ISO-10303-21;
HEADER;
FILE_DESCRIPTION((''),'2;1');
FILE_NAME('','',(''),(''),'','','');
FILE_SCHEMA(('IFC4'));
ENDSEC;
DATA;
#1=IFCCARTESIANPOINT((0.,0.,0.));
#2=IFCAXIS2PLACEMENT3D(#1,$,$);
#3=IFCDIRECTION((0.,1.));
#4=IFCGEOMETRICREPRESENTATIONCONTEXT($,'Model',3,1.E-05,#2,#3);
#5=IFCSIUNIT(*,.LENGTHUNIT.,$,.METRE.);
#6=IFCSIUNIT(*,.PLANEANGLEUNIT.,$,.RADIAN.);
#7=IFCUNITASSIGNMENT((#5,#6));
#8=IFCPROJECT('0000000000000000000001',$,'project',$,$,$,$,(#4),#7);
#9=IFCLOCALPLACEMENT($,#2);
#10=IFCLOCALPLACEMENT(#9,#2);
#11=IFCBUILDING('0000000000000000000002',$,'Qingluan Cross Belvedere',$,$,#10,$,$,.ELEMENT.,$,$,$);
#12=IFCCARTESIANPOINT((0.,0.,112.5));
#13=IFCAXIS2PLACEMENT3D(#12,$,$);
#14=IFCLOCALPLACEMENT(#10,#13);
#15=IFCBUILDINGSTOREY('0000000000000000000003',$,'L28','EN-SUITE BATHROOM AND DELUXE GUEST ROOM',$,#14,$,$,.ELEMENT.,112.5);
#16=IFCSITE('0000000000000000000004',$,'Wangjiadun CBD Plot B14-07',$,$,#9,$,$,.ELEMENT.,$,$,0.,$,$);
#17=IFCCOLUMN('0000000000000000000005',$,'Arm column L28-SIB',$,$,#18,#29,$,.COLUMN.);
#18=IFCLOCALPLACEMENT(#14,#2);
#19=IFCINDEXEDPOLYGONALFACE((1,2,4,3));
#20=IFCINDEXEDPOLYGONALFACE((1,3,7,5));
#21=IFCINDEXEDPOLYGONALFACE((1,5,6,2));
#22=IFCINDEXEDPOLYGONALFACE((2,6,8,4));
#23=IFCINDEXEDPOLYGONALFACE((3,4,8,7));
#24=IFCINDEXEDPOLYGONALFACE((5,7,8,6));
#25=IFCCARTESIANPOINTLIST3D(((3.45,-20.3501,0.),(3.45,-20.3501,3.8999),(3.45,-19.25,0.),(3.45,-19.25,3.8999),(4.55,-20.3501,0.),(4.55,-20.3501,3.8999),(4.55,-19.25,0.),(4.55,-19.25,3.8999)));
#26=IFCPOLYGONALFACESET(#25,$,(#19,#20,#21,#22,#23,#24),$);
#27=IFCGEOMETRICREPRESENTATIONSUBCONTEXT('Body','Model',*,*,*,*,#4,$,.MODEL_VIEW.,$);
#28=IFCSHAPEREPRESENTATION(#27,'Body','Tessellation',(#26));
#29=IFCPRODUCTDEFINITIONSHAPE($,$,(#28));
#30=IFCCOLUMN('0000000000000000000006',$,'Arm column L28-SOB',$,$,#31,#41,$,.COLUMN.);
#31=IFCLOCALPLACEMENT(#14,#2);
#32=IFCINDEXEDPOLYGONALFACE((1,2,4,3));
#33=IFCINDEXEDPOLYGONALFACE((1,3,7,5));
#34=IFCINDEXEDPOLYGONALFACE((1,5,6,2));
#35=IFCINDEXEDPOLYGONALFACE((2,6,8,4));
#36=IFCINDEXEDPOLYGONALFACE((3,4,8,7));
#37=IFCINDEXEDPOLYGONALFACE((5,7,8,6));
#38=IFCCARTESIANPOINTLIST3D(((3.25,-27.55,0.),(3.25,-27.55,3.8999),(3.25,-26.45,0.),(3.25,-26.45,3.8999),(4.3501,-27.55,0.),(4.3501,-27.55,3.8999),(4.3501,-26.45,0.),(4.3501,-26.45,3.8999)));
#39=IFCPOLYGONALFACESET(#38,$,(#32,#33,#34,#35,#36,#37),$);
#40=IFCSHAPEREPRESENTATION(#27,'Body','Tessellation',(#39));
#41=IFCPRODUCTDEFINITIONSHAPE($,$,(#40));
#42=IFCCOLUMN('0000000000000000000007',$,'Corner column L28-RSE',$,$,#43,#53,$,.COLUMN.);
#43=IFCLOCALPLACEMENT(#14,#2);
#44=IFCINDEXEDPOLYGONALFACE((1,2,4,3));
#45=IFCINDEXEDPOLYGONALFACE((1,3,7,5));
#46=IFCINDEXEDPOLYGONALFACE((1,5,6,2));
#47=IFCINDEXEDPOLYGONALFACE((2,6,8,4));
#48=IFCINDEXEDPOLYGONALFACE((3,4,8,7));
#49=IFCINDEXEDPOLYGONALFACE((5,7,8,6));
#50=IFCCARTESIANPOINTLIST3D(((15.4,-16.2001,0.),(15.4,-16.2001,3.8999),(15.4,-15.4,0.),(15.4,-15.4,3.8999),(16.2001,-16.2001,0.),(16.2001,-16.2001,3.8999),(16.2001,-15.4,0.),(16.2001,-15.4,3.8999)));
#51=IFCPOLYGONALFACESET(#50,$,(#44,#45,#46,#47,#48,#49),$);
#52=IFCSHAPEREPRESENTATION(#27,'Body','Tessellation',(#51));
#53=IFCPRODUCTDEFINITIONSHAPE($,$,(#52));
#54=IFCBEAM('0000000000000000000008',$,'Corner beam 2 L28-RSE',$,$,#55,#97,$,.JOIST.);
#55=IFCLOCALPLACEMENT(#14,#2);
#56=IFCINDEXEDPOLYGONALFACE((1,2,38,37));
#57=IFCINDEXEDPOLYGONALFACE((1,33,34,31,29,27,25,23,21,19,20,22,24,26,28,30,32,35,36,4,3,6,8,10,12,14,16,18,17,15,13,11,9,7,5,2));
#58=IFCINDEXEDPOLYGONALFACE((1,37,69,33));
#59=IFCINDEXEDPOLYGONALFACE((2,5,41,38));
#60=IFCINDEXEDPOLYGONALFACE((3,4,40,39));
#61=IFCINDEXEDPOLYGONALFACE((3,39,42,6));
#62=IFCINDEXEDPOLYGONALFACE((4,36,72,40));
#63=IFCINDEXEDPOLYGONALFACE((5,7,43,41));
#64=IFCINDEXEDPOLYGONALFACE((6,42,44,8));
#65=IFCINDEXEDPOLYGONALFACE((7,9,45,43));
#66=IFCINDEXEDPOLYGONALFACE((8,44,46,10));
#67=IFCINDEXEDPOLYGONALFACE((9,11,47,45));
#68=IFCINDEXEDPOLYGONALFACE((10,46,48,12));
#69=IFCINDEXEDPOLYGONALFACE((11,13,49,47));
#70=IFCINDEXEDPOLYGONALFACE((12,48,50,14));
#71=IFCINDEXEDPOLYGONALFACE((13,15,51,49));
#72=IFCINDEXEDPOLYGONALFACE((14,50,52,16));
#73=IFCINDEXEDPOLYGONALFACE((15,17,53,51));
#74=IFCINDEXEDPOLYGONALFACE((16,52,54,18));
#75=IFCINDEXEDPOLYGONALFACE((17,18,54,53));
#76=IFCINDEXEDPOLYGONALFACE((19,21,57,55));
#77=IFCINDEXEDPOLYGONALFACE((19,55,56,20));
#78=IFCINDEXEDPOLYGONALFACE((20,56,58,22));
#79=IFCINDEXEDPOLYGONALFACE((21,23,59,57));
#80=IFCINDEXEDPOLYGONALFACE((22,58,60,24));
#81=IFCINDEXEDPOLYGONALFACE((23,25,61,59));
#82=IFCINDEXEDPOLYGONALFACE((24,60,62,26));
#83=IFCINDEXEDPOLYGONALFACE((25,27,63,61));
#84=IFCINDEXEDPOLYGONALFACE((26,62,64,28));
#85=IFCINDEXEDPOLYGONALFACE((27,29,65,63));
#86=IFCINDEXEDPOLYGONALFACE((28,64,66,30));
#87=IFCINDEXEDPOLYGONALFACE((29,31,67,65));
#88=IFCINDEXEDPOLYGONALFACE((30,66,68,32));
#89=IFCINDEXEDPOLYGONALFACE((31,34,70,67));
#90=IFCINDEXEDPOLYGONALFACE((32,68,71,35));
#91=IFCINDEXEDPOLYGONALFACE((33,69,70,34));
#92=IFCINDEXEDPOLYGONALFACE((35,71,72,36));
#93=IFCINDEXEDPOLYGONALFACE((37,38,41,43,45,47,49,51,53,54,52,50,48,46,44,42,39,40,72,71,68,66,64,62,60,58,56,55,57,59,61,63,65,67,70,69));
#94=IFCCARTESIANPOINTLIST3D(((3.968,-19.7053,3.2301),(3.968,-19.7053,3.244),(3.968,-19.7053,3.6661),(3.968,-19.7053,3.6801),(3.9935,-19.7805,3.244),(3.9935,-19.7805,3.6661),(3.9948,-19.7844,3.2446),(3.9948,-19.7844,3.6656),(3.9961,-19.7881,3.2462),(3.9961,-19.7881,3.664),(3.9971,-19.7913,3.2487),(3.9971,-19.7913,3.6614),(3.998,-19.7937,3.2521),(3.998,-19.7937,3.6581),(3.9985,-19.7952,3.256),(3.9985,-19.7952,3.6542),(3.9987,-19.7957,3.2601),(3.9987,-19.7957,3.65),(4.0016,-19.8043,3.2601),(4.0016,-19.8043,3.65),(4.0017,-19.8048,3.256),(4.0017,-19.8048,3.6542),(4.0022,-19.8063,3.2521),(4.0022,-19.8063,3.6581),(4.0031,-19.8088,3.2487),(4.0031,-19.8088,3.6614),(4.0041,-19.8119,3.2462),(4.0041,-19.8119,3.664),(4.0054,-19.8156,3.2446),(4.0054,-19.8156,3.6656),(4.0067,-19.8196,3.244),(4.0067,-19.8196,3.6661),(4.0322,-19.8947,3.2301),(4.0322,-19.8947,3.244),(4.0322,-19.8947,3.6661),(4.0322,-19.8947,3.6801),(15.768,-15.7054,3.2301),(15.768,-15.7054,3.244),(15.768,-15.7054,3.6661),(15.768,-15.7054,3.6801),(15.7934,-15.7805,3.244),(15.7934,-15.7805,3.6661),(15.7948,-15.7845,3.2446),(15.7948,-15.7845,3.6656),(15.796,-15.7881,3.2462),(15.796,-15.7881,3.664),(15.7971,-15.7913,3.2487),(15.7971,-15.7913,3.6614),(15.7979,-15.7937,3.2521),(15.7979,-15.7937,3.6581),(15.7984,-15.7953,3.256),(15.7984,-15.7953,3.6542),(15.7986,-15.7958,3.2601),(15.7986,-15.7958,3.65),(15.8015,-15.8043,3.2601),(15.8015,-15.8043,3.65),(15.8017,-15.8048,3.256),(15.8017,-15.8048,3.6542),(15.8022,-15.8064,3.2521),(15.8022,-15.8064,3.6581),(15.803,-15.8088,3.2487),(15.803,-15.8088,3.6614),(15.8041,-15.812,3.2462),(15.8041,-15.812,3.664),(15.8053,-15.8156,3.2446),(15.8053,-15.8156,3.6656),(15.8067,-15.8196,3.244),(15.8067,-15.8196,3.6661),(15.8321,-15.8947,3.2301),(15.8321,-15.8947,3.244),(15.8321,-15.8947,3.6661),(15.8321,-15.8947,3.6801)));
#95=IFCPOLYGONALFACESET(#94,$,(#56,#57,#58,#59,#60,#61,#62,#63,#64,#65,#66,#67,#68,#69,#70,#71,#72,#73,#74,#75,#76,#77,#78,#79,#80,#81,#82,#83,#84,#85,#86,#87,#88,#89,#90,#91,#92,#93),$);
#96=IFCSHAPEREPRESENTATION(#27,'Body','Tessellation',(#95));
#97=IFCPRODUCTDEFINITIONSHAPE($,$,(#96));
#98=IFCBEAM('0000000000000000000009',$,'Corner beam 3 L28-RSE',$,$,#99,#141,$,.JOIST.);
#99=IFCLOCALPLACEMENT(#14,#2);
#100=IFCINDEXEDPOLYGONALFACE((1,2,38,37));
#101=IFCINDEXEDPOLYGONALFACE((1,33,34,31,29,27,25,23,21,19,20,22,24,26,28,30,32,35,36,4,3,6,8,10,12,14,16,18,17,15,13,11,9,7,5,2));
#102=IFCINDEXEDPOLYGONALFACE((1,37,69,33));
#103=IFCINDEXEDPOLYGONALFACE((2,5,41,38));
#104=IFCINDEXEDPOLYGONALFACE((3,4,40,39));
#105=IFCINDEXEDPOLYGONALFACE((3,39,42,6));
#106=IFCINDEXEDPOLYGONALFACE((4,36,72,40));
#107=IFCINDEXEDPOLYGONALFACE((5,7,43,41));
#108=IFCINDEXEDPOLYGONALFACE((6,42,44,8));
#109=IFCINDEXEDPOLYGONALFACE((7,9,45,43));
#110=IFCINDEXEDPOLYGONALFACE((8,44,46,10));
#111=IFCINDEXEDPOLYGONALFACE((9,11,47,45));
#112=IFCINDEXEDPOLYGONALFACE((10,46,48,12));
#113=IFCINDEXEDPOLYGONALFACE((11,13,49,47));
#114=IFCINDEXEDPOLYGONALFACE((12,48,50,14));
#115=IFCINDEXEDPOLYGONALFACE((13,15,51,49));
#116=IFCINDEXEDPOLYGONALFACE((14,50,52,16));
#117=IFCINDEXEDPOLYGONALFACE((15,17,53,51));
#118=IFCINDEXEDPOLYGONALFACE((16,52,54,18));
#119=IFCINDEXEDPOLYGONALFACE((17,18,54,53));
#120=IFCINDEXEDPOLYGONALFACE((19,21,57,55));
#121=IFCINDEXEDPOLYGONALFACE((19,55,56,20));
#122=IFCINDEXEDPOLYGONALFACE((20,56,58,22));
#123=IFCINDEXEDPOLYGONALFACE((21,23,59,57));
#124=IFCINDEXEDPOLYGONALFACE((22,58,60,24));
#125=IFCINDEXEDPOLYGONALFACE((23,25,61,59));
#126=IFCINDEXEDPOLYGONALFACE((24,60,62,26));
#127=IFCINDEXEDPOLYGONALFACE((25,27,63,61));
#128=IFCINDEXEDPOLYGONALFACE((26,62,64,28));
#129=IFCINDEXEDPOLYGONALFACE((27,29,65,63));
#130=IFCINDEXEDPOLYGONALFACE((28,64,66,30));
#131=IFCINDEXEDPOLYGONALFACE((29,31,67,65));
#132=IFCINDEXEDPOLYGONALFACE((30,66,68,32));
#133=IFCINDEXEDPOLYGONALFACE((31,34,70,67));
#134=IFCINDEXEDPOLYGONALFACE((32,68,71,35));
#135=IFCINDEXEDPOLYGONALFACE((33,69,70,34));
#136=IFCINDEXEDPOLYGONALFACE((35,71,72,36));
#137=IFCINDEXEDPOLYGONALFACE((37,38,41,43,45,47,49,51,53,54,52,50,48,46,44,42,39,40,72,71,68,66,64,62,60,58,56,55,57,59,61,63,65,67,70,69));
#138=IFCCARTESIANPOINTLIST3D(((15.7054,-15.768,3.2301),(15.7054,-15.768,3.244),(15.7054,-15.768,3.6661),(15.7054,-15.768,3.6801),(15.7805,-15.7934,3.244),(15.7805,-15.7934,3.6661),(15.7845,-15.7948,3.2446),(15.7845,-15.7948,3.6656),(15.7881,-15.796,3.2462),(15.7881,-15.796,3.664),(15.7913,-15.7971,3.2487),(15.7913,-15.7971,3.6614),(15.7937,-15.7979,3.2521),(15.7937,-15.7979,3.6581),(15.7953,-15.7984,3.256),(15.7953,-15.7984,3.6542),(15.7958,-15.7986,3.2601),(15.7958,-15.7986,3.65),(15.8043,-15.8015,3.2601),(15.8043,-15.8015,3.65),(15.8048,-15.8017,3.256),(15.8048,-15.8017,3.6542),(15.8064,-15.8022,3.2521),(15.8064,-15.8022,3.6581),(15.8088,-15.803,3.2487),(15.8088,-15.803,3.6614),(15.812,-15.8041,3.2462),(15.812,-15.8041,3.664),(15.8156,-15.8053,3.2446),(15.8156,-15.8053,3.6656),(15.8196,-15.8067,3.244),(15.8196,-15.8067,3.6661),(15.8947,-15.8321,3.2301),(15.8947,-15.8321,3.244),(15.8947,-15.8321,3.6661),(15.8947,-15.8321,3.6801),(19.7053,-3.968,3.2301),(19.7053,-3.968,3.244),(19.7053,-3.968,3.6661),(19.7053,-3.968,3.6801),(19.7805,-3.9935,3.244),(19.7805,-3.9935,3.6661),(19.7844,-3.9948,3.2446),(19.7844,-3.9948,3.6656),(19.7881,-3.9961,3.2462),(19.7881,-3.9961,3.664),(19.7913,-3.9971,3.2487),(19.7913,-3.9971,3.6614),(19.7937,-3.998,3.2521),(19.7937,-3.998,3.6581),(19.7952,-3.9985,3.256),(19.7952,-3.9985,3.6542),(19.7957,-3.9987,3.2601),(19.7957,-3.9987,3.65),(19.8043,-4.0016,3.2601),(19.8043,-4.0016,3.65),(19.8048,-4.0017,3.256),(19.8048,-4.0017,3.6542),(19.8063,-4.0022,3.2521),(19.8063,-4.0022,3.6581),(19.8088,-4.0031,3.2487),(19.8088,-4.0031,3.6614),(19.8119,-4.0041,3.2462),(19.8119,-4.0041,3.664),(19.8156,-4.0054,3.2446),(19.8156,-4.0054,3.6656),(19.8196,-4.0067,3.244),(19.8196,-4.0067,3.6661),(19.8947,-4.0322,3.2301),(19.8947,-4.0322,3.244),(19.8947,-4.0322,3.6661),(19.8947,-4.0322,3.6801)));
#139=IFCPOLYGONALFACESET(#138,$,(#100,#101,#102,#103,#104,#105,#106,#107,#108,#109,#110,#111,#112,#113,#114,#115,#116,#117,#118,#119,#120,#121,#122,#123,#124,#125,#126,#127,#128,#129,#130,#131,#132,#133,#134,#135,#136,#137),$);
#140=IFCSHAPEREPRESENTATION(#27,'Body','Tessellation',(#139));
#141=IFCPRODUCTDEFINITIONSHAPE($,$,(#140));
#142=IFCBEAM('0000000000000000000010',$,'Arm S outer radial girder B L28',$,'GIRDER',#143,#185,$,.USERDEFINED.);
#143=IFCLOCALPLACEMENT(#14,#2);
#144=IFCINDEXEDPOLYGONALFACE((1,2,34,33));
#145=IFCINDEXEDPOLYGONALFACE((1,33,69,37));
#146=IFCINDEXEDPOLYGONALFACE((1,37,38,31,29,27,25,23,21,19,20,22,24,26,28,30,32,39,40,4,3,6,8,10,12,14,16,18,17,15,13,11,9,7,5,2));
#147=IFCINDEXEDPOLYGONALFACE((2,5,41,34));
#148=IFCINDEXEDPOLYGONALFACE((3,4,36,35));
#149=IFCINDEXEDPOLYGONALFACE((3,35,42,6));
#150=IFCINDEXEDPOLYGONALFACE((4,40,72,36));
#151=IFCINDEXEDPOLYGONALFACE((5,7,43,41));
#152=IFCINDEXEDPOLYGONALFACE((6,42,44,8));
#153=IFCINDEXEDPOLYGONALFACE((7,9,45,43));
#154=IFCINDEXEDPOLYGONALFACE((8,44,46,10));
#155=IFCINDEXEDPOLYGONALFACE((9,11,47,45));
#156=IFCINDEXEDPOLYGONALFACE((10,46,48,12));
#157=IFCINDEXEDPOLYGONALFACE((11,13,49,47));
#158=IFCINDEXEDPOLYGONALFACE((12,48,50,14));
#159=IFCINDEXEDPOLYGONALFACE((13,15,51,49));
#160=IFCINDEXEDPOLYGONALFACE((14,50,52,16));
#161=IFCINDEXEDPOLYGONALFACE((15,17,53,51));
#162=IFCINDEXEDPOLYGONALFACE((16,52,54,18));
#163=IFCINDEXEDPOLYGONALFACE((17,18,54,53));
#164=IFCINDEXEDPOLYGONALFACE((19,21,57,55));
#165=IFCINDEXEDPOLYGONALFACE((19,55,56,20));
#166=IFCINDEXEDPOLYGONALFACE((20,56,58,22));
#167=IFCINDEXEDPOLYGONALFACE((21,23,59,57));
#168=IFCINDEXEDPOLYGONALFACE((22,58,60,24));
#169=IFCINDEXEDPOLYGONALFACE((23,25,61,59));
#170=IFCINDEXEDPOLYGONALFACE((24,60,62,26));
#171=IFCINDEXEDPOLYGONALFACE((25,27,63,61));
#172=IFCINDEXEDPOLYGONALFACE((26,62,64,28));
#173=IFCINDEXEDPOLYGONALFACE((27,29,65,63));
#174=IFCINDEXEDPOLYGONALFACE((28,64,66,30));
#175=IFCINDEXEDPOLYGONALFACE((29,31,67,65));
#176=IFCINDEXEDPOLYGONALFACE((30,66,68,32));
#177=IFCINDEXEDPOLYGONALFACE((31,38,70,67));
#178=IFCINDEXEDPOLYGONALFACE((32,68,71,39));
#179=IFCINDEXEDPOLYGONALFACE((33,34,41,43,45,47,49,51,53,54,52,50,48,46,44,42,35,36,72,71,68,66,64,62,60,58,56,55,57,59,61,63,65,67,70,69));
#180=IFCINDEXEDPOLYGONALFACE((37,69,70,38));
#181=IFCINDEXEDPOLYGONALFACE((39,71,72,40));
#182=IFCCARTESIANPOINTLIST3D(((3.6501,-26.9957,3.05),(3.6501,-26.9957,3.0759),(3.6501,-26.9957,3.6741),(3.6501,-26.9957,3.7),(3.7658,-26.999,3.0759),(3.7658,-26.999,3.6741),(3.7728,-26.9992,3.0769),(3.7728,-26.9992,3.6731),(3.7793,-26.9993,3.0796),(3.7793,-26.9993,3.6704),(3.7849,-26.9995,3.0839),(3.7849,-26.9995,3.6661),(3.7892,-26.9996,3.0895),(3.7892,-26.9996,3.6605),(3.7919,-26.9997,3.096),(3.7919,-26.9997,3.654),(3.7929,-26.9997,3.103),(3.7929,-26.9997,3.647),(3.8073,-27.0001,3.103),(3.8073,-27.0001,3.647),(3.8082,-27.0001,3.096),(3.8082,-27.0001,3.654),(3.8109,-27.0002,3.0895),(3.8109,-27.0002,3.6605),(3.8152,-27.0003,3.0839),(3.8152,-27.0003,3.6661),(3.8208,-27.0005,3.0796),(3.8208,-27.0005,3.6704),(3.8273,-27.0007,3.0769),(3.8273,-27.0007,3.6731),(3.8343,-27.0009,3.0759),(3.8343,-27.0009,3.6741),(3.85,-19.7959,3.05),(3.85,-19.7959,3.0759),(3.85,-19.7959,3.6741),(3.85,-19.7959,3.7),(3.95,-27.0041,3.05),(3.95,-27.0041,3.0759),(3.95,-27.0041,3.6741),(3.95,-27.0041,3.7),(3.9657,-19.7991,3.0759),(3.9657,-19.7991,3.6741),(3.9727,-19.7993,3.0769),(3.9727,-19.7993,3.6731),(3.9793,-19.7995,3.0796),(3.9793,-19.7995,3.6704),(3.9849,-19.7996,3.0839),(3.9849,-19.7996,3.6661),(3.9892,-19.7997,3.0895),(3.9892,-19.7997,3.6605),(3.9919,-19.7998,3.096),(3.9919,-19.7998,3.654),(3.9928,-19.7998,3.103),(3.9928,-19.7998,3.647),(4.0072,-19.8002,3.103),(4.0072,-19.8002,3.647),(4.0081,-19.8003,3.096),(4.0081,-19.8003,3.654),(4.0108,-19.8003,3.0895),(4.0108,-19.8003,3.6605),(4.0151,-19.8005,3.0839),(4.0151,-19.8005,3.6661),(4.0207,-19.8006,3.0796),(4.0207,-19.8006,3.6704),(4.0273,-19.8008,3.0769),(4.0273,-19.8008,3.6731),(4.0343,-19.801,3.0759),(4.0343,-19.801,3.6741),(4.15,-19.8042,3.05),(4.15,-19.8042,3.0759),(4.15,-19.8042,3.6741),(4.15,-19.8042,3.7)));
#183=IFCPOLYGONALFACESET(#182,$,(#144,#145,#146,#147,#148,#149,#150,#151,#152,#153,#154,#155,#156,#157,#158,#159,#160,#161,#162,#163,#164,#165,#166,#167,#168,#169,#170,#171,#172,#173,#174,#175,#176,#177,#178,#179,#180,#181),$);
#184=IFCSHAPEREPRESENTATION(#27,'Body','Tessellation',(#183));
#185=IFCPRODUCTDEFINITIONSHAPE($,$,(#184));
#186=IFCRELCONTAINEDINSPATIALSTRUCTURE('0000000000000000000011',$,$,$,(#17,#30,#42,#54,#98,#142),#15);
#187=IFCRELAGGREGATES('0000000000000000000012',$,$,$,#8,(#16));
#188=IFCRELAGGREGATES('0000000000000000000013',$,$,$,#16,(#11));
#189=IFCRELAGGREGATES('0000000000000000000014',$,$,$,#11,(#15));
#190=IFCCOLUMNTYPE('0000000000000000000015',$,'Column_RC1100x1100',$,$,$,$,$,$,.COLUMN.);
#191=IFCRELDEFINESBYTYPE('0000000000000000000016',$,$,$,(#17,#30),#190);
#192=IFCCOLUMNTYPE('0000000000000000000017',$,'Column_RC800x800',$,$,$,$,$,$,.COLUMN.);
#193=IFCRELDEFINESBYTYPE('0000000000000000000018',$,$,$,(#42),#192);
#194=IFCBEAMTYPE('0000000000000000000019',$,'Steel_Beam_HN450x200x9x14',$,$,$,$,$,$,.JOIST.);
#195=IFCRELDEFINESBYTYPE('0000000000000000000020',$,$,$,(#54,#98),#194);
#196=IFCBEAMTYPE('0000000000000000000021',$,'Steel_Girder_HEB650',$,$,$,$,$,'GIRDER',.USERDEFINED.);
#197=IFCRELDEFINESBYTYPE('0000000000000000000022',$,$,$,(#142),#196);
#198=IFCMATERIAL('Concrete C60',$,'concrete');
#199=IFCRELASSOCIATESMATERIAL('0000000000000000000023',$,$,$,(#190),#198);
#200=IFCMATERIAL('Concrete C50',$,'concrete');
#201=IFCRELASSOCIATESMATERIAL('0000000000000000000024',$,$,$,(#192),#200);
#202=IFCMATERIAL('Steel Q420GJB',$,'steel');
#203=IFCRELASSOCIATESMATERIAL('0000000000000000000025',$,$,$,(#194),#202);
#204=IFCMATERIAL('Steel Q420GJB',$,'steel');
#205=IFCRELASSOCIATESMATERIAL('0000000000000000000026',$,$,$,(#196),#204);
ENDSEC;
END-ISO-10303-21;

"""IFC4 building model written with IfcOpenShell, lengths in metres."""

from ifc_helpers import new_model, si_unit, direction, frame, origin, origin_2d, place, context, subcontext, project, spatial, rectangle, i_section, extrude, material, material_profile, profile_set, type_object, element, save


model = new_model("IFC4")

# Units and contexts
model_context = context("Model", 3, precision=1e-05, world=origin(), true_north=direction((0.0, 1.0)))
body_context = subcontext(model_context, "Body", "Model", "MODEL_VIEW")
ifc_project = project(units=[si_unit("LENGTHUNIT", "METRE"), si_unit("PLANEANGLEUNIT", "RADIAN")], contexts=[model_context])

# Site, building, storey
site_placement = place(None, origin())
site = spatial("IfcSite", under=ifc_project, at=site_placement, Name="Wangjiadun CBD Plot B14-07", CompositionType="ELEMENT", RefElevation=0.0)
building_placement = place(site_placement, origin())
building = spatial("IfcBuilding", under=site, at=building_placement, Name="Qingluan Cross Belvedere", CompositionType="ELEMENT")
storey_placement = place(building_placement, frame((0.0, 0.0, 112.5)))
storey = spatial("IfcBuildingStorey", under=building, at=storey_placement, Name="L28", Description="EN-SUITE BATHROOM AND DELUXE GUEST ROOM", CompositionType="ELEMENT", Elevation=112.5)

# Columns
ifc_material_1 = material(Name="Concrete C60", Category="concrete")
ifc_material_profile_1 = material_profile(ifc_material_1, rectangle(XDim=1.1001, YDim=1.1001, at=origin_2d()), Name="RC1100x1100")
ifc_profile_set_1 = profile_set([ifc_material_profile_1], Name="Concrete C60")
column_type_1 = type_object("IfcColumnType", Name="Column_RC1100x1100", PredefinedType="COLUMN", material=ifc_profile_set_1)
for number, where, z_axis, x_axis, name in (
    (1, (4.0, -19.8, 0.0), (0.0, 0.0, 1.0), (1.0, 0.0, 0.0), "Arm column L28-SIB"),
    (2, (3.8, -27.0, 0.0), (0.0, 0.0, 1.0), (1.0, 0.0, 0.0), "Arm column L28-SOB"),
):
    element("IfcColumn", number, at=place(storey_placement, frame(where, z_axis=z_axis, x_axis=x_axis)), inside=storey, type_object=column_type_1, Name=name, PredefinedType="COLUMN", context=body_context, shape_type="SweptSolid", body=[
        extrude(rectangle(XDim=1.1001, YDim=1.1001, at=origin_2d()), origin(), (0.0, 0.0, 1.0), 3.8999),
    ])
ifc_material_2 = material(Name="Concrete C50", Category="concrete")
ifc_material_profile_2 = material_profile(ifc_material_2, rectangle(XDim=0.8, YDim=0.8, at=origin_2d()), Name="RC800x800")
ifc_profile_set_2 = profile_set([ifc_material_profile_2], Name="Concrete C50")
column_type_2 = type_object("IfcColumnType", Name="Column_RC800x800", PredefinedType="COLUMN", material=ifc_profile_set_2)
column_placement = place(storey_placement, frame((15.8, -15.8, 0.0), z_axis=(0.0, 0.0, 1.0), x_axis=(1.0, 0.0, 0.0)))
element("IfcColumn", 3, at=column_placement, inside=storey, type_object=column_type_2, Name="Corner column L28-RSE", PredefinedType="COLUMN", context=body_context, shape_type="SweptSolid", body=[
    extrude(rectangle(XDim=0.8, YDim=0.8, at=origin_2d()), origin(), (0.0, 0.0, 1.0), 3.8999),
])

# Beams
ifc_material_3 = material(Name="Steel Q420GJB", Category="steel")
ifc_material_profile_3 = material_profile(ifc_material_3, i_section(OverallWidth=0.2, OverallDepth=0.45, WebThickness=0.009, FlangeThickness=0.0139, FilletRadius=0.0161, at=origin_2d()), Name="HN450x200x9x14")
ifc_profile_set_3 = profile_set([ifc_material_profile_3], Name="Steel Q420GJB")
beam_type_1 = type_object("IfcBeamType", Name="Steel_Beam_HN450x200x9x14", PredefinedType="JOIST", material=ifc_profile_set_3)
for number, where, z_axis, x_axis, name in (
    (4, (15.8, -15.8, 3.4551), (-0.947066, -0.321038, 0.0), (0.321038, -0.947066, 0.0), "Corner beam 2 L28-RSE"),
    (5, (15.8, -15.8, 3.4551), (0.321038, 0.947066, 0.0), (-0.947066, 0.321038, 0.0), "Corner beam 3 L28-RSE"),
):
    element("IfcBeam", number, at=place(storey_placement, frame(where, z_axis=z_axis, x_axis=x_axis)), inside=storey, type_object=beam_type_1, Name=name, PredefinedType="JOIST", context=body_context, shape_type="SweptSolid", body=[
        extrude(i_section(OverallWidth=0.2, OverallDepth=0.45, WebThickness=0.009, FlangeThickness=0.0139, FilletRadius=0.0161, at=origin_2d()), origin(), (0.0, 0.0, 1.0), 12.4595),
    ])
ifc_material_4 = material(Name="Steel Q420GJB", Category="steel")
ifc_material_profile_4 = material_profile(ifc_material_4, i_section(OverallWidth=0.3, OverallDepth=0.6499, WebThickness=0.0144, FlangeThickness=0.0259, FilletRadius=0.0271, at=origin_2d()), Name="HEB650")
ifc_profile_set_4 = profile_set([ifc_material_profile_4], Name="Steel Q420GJB")
beam_type_2 = type_object("IfcBeamType", Name="Steel_Girder_HEB650", ElementType="GIRDER", PredefinedType="USERDEFINED", material=ifc_profile_set_4)
beam_placement = place(storey_placement, frame((4.0, -19.8, 3.375), z_axis=(-0.02776, -0.999615, 0.0), x_axis=(0.999615, -0.02776, 0.0)))
element("IfcBeam", 6, at=beam_placement, inside=storey, type_object=beam_type_2, Name="Arm S outer radial girder B L28", ObjectType="GIRDER", PredefinedType="USERDEFINED", context=body_context, shape_type="SweptSolid", body=[
    extrude(i_section(OverallWidth=0.3, OverallDepth=0.6499, WebThickness=0.0144, FlangeThickness=0.0259, FilletRadius=0.0271, at=origin_2d()), origin(), (0.0, 0.0, 1.0), 7.2026),
])

save(model, "model.ifc")
